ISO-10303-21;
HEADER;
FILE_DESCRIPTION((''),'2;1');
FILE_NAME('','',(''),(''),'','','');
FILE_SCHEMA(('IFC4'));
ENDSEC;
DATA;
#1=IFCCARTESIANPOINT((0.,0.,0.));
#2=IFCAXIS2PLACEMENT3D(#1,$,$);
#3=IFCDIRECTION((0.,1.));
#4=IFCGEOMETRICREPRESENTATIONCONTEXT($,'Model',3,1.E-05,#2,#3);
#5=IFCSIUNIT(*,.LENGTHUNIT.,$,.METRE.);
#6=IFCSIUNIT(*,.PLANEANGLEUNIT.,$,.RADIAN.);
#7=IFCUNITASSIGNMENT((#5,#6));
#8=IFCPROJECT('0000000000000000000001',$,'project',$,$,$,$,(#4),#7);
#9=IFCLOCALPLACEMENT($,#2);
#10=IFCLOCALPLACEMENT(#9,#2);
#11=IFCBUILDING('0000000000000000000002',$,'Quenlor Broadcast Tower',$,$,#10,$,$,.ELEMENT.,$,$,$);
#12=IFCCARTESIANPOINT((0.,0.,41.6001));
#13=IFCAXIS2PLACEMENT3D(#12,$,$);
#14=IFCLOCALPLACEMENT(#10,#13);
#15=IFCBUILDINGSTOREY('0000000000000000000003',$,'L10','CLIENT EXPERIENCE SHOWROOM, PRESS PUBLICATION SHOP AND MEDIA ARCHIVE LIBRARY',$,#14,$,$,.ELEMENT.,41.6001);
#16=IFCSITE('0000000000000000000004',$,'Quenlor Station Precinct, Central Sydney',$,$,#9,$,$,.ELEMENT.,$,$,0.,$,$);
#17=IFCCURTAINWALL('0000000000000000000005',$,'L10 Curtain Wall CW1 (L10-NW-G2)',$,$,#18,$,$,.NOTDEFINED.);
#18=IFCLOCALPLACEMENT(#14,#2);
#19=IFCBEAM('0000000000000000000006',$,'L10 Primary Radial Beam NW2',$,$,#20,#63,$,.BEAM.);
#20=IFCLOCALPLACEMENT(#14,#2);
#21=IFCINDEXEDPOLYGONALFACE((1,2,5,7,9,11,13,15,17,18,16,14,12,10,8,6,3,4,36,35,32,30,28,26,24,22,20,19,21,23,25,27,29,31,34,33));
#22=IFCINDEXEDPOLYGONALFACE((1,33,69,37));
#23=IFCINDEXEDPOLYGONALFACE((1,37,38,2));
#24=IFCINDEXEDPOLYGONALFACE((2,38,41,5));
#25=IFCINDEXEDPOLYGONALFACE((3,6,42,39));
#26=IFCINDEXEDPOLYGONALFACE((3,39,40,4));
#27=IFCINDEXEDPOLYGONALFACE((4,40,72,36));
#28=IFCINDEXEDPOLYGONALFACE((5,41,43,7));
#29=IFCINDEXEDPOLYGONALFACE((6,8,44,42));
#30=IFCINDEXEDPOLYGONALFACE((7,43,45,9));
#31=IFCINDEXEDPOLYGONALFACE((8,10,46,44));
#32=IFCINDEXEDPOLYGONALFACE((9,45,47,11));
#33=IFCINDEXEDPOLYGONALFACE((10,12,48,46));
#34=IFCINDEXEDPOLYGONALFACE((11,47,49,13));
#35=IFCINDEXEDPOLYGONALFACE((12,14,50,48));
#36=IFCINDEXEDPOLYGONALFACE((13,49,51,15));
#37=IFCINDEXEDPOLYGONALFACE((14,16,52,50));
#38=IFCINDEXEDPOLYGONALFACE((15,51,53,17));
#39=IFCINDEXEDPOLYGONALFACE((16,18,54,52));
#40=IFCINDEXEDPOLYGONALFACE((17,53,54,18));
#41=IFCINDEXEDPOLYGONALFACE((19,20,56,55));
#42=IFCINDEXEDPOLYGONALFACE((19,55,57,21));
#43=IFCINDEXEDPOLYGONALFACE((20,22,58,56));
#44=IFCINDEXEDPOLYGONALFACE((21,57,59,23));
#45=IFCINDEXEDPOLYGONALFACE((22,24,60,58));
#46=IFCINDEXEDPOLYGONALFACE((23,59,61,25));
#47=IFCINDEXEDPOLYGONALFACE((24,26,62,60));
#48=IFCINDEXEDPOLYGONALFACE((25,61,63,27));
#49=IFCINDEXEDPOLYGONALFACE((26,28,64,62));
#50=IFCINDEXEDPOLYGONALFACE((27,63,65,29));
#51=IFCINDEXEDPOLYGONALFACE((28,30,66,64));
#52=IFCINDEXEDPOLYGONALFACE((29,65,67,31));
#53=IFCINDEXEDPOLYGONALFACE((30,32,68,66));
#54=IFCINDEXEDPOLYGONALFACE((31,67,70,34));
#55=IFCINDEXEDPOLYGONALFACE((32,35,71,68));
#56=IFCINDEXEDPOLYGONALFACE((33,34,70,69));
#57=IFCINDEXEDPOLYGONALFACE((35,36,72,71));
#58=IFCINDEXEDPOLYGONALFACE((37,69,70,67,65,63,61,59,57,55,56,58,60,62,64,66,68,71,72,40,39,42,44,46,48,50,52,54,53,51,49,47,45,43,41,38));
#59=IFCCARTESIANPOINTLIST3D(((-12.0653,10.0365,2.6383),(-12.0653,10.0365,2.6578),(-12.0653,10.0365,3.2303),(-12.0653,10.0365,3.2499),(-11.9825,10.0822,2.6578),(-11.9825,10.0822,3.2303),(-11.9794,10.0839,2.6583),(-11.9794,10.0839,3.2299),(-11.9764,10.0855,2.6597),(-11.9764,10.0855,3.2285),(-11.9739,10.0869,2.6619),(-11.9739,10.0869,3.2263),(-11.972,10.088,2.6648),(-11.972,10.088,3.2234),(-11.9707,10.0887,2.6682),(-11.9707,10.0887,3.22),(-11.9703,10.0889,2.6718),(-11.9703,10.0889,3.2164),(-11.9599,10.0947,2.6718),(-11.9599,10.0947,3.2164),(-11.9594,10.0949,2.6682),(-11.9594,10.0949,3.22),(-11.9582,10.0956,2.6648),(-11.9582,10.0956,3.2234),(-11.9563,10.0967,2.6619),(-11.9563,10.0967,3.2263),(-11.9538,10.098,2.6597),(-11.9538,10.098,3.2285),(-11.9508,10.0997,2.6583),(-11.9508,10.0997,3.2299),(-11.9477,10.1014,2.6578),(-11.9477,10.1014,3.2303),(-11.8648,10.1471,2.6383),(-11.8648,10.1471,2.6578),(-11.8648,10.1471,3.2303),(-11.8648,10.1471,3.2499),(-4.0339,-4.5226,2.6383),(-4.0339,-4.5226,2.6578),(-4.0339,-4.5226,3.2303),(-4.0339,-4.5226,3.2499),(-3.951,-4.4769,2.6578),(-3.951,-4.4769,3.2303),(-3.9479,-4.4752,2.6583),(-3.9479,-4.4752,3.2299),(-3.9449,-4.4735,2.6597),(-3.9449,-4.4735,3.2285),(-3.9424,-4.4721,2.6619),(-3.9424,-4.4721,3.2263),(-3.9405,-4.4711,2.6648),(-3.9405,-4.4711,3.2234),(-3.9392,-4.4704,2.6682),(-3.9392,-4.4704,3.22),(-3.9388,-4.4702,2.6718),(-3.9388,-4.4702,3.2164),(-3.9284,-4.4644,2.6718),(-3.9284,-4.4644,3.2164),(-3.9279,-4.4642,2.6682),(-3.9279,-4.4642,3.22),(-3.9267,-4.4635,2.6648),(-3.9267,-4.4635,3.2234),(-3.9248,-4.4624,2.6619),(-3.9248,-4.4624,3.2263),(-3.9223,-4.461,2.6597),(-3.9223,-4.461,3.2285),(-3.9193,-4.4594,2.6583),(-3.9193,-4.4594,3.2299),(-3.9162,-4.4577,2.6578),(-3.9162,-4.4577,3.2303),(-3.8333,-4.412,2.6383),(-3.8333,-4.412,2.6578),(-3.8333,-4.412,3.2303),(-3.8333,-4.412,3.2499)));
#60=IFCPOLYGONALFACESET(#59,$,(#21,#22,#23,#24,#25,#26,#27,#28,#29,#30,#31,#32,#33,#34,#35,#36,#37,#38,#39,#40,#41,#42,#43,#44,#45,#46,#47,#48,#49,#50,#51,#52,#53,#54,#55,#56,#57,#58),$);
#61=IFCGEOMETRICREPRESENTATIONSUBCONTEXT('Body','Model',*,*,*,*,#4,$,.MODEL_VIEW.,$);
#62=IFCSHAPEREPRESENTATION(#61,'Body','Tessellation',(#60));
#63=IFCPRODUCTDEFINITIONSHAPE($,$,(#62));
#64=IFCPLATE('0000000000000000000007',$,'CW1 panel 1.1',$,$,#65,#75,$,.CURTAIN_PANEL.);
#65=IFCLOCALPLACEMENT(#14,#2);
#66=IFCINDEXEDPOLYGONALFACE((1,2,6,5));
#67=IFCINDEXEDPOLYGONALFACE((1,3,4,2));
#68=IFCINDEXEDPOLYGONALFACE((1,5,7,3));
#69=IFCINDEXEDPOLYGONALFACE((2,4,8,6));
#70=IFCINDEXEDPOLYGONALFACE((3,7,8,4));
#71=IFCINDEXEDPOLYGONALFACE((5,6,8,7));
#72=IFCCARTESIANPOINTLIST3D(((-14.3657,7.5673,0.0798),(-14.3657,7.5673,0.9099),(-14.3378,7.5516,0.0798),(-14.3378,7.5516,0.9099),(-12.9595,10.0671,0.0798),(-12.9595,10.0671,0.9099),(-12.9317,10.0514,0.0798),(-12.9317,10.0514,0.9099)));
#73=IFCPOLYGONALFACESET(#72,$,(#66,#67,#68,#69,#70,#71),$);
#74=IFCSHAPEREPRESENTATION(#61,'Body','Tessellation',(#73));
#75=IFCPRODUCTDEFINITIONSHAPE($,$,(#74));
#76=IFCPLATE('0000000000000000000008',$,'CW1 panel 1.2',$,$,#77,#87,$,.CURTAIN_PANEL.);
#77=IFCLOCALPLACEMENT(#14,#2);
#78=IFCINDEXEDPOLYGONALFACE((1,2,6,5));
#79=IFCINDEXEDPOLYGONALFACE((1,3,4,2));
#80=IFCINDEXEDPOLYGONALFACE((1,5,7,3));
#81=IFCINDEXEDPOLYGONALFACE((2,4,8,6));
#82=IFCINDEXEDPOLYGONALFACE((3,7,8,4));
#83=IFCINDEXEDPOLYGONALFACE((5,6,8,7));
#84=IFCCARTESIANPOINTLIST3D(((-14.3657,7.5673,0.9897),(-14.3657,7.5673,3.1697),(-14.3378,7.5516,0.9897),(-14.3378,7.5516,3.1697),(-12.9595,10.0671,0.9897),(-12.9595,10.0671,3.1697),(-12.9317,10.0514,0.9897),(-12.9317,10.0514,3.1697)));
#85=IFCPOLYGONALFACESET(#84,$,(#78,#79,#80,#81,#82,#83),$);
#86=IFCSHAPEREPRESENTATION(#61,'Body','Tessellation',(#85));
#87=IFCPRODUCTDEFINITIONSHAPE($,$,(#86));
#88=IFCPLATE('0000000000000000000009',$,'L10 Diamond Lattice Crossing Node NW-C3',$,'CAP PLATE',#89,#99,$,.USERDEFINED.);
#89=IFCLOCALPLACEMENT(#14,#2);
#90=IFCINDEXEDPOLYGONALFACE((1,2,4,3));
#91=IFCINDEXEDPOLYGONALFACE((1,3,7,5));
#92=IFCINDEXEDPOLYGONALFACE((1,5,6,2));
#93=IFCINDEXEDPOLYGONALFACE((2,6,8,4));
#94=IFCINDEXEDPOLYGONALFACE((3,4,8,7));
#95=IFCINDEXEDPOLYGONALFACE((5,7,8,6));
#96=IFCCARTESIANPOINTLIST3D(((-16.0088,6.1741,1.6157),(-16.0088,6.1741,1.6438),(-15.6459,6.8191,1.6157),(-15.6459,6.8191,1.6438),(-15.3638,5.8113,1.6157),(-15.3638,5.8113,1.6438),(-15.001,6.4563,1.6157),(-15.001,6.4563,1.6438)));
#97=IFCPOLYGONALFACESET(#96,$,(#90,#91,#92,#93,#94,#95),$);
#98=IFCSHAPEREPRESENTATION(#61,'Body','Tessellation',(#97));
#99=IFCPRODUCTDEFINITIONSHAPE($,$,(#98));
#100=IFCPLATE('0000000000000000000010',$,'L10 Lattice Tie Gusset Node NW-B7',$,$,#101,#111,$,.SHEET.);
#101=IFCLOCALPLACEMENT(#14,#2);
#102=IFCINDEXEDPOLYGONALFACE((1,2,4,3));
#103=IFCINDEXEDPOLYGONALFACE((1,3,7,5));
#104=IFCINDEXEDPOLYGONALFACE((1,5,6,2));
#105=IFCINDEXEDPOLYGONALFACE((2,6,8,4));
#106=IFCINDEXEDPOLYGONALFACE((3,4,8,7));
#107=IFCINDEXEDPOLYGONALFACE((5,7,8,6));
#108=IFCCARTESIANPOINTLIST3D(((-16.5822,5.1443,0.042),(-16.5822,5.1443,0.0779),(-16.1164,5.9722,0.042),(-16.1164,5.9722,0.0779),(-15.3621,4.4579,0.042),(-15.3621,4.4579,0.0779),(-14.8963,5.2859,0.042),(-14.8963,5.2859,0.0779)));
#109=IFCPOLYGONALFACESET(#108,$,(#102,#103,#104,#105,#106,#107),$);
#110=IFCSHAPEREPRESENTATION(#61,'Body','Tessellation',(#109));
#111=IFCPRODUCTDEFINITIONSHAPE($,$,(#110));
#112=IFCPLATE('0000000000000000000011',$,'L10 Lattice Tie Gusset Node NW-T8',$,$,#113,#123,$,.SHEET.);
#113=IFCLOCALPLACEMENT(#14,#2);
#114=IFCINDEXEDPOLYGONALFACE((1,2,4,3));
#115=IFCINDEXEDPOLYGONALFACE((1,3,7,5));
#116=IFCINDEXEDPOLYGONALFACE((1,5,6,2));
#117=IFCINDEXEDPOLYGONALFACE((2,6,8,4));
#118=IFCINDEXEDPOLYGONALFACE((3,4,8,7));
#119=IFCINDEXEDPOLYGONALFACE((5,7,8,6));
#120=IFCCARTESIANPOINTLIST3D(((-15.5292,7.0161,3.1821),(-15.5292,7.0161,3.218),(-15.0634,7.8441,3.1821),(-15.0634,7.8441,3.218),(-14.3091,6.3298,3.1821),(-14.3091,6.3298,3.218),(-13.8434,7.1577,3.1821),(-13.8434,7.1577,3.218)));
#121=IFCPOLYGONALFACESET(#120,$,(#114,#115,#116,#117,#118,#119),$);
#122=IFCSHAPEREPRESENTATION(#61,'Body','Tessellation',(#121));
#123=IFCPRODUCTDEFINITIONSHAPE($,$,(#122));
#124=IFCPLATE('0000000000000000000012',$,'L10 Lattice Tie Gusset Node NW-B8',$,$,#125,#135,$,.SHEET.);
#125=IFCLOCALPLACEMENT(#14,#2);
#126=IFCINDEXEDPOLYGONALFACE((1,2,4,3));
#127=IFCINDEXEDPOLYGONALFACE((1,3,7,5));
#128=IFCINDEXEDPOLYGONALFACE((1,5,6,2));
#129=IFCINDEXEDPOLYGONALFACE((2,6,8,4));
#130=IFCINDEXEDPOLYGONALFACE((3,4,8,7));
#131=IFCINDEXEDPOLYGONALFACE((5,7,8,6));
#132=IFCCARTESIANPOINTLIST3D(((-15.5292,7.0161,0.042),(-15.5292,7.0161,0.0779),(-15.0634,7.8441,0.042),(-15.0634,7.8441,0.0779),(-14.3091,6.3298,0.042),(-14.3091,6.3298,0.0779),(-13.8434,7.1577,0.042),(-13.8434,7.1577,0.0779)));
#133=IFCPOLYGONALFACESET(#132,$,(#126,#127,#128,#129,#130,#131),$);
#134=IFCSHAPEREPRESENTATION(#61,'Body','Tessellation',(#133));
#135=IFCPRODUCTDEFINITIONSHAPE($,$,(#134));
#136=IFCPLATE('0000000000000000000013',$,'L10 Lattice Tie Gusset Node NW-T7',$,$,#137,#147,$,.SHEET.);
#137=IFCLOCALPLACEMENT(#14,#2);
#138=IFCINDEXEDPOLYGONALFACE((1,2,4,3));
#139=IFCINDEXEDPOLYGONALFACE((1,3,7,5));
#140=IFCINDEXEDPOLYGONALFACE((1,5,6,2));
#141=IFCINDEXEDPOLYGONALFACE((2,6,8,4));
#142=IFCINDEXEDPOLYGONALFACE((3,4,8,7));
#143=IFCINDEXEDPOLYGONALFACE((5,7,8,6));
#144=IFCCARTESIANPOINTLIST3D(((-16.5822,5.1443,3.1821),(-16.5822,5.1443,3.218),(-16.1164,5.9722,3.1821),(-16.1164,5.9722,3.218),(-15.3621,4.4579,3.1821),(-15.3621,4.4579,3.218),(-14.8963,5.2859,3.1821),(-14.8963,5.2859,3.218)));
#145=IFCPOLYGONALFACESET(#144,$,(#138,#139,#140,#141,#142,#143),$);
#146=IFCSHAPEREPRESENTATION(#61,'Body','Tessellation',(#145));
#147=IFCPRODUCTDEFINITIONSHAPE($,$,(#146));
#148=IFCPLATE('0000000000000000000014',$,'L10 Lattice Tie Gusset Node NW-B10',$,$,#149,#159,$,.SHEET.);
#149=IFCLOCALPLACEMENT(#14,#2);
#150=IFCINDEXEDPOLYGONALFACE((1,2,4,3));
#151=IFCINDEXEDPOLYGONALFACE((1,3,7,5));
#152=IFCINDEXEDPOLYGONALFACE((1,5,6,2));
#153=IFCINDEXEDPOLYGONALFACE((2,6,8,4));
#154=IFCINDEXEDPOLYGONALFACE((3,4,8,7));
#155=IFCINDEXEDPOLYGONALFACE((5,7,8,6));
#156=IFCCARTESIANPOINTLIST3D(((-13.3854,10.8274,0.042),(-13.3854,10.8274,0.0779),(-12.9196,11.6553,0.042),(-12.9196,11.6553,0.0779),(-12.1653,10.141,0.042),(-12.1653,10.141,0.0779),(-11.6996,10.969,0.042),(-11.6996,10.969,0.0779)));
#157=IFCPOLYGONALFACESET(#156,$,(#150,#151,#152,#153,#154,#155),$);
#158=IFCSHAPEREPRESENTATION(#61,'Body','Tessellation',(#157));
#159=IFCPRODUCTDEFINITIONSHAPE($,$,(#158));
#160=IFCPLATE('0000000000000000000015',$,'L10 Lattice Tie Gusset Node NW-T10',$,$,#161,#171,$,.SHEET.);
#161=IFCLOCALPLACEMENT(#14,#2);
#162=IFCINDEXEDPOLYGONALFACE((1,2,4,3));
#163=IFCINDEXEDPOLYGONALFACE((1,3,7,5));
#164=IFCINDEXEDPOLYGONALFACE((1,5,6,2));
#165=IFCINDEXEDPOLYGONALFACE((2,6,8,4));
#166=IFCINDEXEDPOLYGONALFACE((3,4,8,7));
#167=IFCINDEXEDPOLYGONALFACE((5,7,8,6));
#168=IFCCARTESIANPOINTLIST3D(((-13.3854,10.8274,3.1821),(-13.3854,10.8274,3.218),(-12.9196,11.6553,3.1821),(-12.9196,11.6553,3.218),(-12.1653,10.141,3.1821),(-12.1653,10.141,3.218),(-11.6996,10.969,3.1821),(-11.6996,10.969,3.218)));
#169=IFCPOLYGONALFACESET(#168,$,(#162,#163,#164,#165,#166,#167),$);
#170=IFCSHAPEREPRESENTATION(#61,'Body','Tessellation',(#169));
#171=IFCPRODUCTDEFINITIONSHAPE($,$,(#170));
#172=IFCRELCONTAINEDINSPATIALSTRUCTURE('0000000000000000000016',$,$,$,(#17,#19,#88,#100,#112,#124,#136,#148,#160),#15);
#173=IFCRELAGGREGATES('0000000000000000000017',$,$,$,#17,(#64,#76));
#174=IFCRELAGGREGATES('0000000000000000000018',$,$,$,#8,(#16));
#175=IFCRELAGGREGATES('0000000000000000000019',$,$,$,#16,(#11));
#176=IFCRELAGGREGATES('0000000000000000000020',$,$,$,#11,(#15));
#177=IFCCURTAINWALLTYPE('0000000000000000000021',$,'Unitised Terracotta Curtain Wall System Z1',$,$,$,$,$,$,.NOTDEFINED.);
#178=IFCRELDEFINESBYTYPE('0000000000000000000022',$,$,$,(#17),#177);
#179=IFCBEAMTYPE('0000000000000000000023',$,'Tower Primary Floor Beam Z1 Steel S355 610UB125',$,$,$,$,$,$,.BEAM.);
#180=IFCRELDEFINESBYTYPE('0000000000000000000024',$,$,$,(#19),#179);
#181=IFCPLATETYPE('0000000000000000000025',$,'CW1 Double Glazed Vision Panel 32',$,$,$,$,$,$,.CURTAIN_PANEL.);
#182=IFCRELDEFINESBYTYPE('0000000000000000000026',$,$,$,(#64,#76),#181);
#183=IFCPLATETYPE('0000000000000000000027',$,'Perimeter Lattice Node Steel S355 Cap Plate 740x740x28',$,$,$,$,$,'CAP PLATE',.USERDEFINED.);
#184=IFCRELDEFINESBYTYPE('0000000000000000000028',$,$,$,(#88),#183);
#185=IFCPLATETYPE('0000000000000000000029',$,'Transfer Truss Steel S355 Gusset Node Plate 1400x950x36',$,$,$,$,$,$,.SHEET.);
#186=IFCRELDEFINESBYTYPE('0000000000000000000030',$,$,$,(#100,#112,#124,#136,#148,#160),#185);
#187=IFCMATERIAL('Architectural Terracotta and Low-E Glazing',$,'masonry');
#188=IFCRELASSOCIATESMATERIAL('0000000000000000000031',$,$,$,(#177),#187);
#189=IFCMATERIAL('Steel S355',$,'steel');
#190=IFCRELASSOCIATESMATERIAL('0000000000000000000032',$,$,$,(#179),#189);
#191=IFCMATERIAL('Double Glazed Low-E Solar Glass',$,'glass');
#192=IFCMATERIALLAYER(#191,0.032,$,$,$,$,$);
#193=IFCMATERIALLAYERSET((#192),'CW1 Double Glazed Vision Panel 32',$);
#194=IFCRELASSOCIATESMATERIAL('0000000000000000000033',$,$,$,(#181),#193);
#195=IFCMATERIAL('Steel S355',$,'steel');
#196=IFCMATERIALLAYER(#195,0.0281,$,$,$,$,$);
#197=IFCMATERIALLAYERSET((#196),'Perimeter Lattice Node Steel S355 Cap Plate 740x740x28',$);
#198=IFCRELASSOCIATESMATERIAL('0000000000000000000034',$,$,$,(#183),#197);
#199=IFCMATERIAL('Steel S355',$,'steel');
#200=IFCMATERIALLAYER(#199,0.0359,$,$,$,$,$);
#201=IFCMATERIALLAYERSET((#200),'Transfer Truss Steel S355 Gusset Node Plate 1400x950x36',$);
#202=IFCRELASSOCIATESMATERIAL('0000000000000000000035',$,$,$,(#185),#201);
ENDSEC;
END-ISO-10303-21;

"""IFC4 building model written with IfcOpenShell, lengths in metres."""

from ifc_helpers import new_model, si_unit, direction, frame, origin, origin_2d, place, context, subcontext, project, spatial, rectangle, i_section, extrude, material, layer, layer_set, material_profile, profile_set, type_object, element, aggregate, save


model = new_model("IFC4")

# Units and contexts
model_context = context("Model", 3, precision=1e-05, world=origin(), true_north=direction((0.0, 1.0)))
body_context = subcontext(model_context, "Body", "Model", "MODEL_VIEW")
ifc_project = project(units=[si_unit("LENGTHUNIT", "METRE"), si_unit("PLANEANGLEUNIT", "RADIAN")], contexts=[model_context])

# Site, building, storey
site_placement = place(None, origin())
site = spatial("IfcSite", under=ifc_project, at=site_placement, Name="Quenlor Station Precinct, Central Sydney", CompositionType="ELEMENT", RefElevation=0.0)
building_placement = place(site_placement, origin())
building = spatial("IfcBuilding", under=site, at=building_placement, Name="Quenlor Broadcast Tower", CompositionType="ELEMENT")
storey_placement = place(building_placement, frame((0.0, 0.0, 41.6001)))
storey = spatial("IfcBuildingStorey", under=building, at=storey_placement, Name="L10", Description="CLIENT EXPERIENCE SHOWROOM, PRESS PUBLICATION SHOP AND MEDIA ARCHIVE LIBRARY", CompositionType="ELEMENT", Elevation=41.6001)

# Curtain wall
ifc_material_1 = material(Name="Architectural Terracotta and Low-E Glazing", Category="masonry")
curtain_wall_type = type_object("IfcCurtainWallType", Name="Unitised Terracotta Curtain Wall System Z1", PredefinedType="NOTDEFINED", material=ifc_material_1)
curtain_wall_placement = place(storey_placement, origin())
curtain_wall = element("IfcCurtainWall", 1, at=curtain_wall_placement, inside=storey, type_object=curtain_wall_type, Name="L10 Curtain Wall CW1 (L10-NW-G2)", PredefinedType="NOTDEFINED")

# Beam
ifc_material_2 = material(Name="Steel S355", Category="steel")
ifc_material_profile_1 = material_profile(ifc_material_2, i_section(OverallWidth=0.229, OverallDepth=0.6116, WebThickness=0.012, FlangeThickness=0.0195, FilletRadius=0.0139, at=origin_2d()))
ifc_profile_set_1 = profile_set([ifc_material_profile_1], Name="Steel S355 610UB125")
beam_type_1 = type_object("IfcBeamType", Name="Tower Primary Floor Beam Z1 Steel S355 610UB125", PredefinedType="BEAM", material=ifc_profile_set_1)
beam_1_placement = place(storey_placement, frame((-11.9651, 10.0918, 2.9441), z_axis=(0.483026, -0.875606, 0.0), x_axis=(0.875606, 0.483026, 0.0)))
element("IfcBeam", 2, at=beam_1_placement, inside=storey, type_object=beam_type_1, Name="L10 Primary Radial Beam NW2", PredefinedType="BEAM", context=body_context, shape_type="SweptSolid", body=[
    extrude(i_section(OverallWidth=0.229, OverallDepth=0.6116, WebThickness=0.012, FlangeThickness=0.0195, FilletRadius=0.0139, at=origin_2d()), origin(), (0.0, 0.0, 1.0), 16.6274),
])

# Plates
ifc_material_3 = material(Name="Double Glazed Low-E Solar Glass", Category="glass")
ifc_layer_1 = layer(ifc_material_3, 0.032)
ifc_layer_set_1 = layer_set([ifc_layer_1], Name="CW1 Double Glazed Vision Panel 32")
plate_type_1 = type_object("IfcPlateType", Name="CW1 Double Glazed Vision Panel 32", PredefinedType="CURTAIN_PANEL", material=ifc_layer_set_1)
plate_1_placement = place(storey_placement, frame((-13.6487, 8.8093, 0.0798), z_axis=(0.0, 0.0, 1.0), x_axis=(0.490274, 0.871568, 0.0)))
plate_1 = element("IfcPlate", 3, at=plate_1_placement, type_object=plate_type_1, Name="CW1 panel 1.1", PredefinedType="CURTAIN_PANEL", context=body_context, shape_type="SweptSolid", body=[
    extrude(rectangle(XDim=2.8682, YDim=0.032, at=origin_2d()), origin(), (0.0, 0.0, 1.0), 0.8301),
])
plate_2_placement = place(storey_placement, frame((-13.6487, 8.8093, 0.9897), z_axis=(0.0, 0.0, 1.0), x_axis=(0.490274, 0.871568, 0.0)))
plate_2 = element("IfcPlate", 4, at=plate_2_placement, type_object=plate_type_1, Name="CW1 panel 1.2", PredefinedType="CURTAIN_PANEL", context=body_context, shape_type="SweptSolid", body=[
    extrude(rectangle(XDim=2.8682, YDim=0.032, at=origin_2d()), origin(), (0.0, 0.0, 1.0), 2.1799),
])
aggregate(curtain_wall, [plate_1, plate_2])

# Plates
ifc_material_4 = material(Name="Steel S355", Category="steel")
ifc_layer_2 = layer(ifc_material_4, 0.0281)
ifc_layer_set_2 = layer_set([ifc_layer_2], Name="Perimeter Lattice Node Steel S355 Cap Plate 740x740x28")
plate_type_2 = type_object("IfcPlateType", Name="Perimeter Lattice Node Steel S355 Cap Plate 740x740x28", ElementType="CAP PLATE", PredefinedType="USERDEFINED", material=ifc_layer_set_2)
plate_3_placement = place(storey_placement, frame((-15.5049, 6.3152, 1.6157), z_axis=(0.0, 0.0, 1.0), x_axis=(0.490295, 0.871556, 0.0)))
element("IfcPlate", 5, at=plate_3_placement, inside=storey, type_object=plate_type_2, Name="L10 Diamond Lattice Crossing Node NW-C3", ObjectType="CAP PLATE", PredefinedType="USERDEFINED", context=body_context, shape_type="SweptSolid", body=[
    extrude(rectangle(XDim=0.74, YDim=0.74, at=origin_2d()), origin(), (0.0, 0.0, 1.0), 0.0281),
])
ifc_material_5 = material(Name="Steel S355", Category="steel")
ifc_layer_3 = layer(ifc_material_5, 0.0359)
ifc_layer_set_3 = layer_set([ifc_layer_3], Name="Transfer Truss Steel S355 Gusset Node Plate 1400x950x36")
plate_type_3 = type_object("IfcPlateType", Name="Transfer Truss Steel S355 Gusset Node Plate 1400x950x36", PredefinedType="SHEET", material=ifc_layer_set_3)
for number, where, z_axis, x_axis, name in (
    (6, (-15.7393, 5.2151, 0.042), (0.0, 0.0, 1.0), (-0.871556, 0.490295, 0.0), "L10 Lattice Tie Gusset Node NW-B7"),
    (7, (-14.6863, 7.0869, 3.1821), (0.0, 0.0, 1.0), (-0.871556, 0.490295, 0.0), "L10 Lattice Tie Gusset Node NW-T8"),
    (8, (-14.6863, 7.0869, 0.042), (0.0, 0.0, 1.0), (-0.871556, 0.490295, 0.0), "L10 Lattice Tie Gusset Node NW-B8"),
    (9, (-15.7393, 5.2151, 3.1821), (0.0, 0.0, 1.0), (-0.871556, 0.490295, 0.0), "L10 Lattice Tie Gusset Node NW-T7"),
    (10, (-12.5425, 10.8982, 0.042), (0.0, 0.0, 1.0), (-0.871556, 0.490295, 0.0), "L10 Lattice Tie Gusset Node NW-B10"),
    (11, (-12.5425, 10.8982, 3.1821), (0.0, 0.0, 1.0), (-0.871556, 0.490295, 0.0), "L10 Lattice Tie Gusset Node NW-T10"),
):
    element("IfcPlate", number, at=place(storey_placement, frame(where, z_axis=z_axis, x_axis=x_axis)), inside=storey, type_object=plate_type_3, Name=name, PredefinedType="SHEET", context=body_context, shape_type="SweptSolid", body=[
        extrude(rectangle(XDim=1.3999, YDim=0.95, at=origin_2d()), origin(), (0.0, 0.0, 1.0), 0.0359),
    ])

save(model, "model.ifc")
